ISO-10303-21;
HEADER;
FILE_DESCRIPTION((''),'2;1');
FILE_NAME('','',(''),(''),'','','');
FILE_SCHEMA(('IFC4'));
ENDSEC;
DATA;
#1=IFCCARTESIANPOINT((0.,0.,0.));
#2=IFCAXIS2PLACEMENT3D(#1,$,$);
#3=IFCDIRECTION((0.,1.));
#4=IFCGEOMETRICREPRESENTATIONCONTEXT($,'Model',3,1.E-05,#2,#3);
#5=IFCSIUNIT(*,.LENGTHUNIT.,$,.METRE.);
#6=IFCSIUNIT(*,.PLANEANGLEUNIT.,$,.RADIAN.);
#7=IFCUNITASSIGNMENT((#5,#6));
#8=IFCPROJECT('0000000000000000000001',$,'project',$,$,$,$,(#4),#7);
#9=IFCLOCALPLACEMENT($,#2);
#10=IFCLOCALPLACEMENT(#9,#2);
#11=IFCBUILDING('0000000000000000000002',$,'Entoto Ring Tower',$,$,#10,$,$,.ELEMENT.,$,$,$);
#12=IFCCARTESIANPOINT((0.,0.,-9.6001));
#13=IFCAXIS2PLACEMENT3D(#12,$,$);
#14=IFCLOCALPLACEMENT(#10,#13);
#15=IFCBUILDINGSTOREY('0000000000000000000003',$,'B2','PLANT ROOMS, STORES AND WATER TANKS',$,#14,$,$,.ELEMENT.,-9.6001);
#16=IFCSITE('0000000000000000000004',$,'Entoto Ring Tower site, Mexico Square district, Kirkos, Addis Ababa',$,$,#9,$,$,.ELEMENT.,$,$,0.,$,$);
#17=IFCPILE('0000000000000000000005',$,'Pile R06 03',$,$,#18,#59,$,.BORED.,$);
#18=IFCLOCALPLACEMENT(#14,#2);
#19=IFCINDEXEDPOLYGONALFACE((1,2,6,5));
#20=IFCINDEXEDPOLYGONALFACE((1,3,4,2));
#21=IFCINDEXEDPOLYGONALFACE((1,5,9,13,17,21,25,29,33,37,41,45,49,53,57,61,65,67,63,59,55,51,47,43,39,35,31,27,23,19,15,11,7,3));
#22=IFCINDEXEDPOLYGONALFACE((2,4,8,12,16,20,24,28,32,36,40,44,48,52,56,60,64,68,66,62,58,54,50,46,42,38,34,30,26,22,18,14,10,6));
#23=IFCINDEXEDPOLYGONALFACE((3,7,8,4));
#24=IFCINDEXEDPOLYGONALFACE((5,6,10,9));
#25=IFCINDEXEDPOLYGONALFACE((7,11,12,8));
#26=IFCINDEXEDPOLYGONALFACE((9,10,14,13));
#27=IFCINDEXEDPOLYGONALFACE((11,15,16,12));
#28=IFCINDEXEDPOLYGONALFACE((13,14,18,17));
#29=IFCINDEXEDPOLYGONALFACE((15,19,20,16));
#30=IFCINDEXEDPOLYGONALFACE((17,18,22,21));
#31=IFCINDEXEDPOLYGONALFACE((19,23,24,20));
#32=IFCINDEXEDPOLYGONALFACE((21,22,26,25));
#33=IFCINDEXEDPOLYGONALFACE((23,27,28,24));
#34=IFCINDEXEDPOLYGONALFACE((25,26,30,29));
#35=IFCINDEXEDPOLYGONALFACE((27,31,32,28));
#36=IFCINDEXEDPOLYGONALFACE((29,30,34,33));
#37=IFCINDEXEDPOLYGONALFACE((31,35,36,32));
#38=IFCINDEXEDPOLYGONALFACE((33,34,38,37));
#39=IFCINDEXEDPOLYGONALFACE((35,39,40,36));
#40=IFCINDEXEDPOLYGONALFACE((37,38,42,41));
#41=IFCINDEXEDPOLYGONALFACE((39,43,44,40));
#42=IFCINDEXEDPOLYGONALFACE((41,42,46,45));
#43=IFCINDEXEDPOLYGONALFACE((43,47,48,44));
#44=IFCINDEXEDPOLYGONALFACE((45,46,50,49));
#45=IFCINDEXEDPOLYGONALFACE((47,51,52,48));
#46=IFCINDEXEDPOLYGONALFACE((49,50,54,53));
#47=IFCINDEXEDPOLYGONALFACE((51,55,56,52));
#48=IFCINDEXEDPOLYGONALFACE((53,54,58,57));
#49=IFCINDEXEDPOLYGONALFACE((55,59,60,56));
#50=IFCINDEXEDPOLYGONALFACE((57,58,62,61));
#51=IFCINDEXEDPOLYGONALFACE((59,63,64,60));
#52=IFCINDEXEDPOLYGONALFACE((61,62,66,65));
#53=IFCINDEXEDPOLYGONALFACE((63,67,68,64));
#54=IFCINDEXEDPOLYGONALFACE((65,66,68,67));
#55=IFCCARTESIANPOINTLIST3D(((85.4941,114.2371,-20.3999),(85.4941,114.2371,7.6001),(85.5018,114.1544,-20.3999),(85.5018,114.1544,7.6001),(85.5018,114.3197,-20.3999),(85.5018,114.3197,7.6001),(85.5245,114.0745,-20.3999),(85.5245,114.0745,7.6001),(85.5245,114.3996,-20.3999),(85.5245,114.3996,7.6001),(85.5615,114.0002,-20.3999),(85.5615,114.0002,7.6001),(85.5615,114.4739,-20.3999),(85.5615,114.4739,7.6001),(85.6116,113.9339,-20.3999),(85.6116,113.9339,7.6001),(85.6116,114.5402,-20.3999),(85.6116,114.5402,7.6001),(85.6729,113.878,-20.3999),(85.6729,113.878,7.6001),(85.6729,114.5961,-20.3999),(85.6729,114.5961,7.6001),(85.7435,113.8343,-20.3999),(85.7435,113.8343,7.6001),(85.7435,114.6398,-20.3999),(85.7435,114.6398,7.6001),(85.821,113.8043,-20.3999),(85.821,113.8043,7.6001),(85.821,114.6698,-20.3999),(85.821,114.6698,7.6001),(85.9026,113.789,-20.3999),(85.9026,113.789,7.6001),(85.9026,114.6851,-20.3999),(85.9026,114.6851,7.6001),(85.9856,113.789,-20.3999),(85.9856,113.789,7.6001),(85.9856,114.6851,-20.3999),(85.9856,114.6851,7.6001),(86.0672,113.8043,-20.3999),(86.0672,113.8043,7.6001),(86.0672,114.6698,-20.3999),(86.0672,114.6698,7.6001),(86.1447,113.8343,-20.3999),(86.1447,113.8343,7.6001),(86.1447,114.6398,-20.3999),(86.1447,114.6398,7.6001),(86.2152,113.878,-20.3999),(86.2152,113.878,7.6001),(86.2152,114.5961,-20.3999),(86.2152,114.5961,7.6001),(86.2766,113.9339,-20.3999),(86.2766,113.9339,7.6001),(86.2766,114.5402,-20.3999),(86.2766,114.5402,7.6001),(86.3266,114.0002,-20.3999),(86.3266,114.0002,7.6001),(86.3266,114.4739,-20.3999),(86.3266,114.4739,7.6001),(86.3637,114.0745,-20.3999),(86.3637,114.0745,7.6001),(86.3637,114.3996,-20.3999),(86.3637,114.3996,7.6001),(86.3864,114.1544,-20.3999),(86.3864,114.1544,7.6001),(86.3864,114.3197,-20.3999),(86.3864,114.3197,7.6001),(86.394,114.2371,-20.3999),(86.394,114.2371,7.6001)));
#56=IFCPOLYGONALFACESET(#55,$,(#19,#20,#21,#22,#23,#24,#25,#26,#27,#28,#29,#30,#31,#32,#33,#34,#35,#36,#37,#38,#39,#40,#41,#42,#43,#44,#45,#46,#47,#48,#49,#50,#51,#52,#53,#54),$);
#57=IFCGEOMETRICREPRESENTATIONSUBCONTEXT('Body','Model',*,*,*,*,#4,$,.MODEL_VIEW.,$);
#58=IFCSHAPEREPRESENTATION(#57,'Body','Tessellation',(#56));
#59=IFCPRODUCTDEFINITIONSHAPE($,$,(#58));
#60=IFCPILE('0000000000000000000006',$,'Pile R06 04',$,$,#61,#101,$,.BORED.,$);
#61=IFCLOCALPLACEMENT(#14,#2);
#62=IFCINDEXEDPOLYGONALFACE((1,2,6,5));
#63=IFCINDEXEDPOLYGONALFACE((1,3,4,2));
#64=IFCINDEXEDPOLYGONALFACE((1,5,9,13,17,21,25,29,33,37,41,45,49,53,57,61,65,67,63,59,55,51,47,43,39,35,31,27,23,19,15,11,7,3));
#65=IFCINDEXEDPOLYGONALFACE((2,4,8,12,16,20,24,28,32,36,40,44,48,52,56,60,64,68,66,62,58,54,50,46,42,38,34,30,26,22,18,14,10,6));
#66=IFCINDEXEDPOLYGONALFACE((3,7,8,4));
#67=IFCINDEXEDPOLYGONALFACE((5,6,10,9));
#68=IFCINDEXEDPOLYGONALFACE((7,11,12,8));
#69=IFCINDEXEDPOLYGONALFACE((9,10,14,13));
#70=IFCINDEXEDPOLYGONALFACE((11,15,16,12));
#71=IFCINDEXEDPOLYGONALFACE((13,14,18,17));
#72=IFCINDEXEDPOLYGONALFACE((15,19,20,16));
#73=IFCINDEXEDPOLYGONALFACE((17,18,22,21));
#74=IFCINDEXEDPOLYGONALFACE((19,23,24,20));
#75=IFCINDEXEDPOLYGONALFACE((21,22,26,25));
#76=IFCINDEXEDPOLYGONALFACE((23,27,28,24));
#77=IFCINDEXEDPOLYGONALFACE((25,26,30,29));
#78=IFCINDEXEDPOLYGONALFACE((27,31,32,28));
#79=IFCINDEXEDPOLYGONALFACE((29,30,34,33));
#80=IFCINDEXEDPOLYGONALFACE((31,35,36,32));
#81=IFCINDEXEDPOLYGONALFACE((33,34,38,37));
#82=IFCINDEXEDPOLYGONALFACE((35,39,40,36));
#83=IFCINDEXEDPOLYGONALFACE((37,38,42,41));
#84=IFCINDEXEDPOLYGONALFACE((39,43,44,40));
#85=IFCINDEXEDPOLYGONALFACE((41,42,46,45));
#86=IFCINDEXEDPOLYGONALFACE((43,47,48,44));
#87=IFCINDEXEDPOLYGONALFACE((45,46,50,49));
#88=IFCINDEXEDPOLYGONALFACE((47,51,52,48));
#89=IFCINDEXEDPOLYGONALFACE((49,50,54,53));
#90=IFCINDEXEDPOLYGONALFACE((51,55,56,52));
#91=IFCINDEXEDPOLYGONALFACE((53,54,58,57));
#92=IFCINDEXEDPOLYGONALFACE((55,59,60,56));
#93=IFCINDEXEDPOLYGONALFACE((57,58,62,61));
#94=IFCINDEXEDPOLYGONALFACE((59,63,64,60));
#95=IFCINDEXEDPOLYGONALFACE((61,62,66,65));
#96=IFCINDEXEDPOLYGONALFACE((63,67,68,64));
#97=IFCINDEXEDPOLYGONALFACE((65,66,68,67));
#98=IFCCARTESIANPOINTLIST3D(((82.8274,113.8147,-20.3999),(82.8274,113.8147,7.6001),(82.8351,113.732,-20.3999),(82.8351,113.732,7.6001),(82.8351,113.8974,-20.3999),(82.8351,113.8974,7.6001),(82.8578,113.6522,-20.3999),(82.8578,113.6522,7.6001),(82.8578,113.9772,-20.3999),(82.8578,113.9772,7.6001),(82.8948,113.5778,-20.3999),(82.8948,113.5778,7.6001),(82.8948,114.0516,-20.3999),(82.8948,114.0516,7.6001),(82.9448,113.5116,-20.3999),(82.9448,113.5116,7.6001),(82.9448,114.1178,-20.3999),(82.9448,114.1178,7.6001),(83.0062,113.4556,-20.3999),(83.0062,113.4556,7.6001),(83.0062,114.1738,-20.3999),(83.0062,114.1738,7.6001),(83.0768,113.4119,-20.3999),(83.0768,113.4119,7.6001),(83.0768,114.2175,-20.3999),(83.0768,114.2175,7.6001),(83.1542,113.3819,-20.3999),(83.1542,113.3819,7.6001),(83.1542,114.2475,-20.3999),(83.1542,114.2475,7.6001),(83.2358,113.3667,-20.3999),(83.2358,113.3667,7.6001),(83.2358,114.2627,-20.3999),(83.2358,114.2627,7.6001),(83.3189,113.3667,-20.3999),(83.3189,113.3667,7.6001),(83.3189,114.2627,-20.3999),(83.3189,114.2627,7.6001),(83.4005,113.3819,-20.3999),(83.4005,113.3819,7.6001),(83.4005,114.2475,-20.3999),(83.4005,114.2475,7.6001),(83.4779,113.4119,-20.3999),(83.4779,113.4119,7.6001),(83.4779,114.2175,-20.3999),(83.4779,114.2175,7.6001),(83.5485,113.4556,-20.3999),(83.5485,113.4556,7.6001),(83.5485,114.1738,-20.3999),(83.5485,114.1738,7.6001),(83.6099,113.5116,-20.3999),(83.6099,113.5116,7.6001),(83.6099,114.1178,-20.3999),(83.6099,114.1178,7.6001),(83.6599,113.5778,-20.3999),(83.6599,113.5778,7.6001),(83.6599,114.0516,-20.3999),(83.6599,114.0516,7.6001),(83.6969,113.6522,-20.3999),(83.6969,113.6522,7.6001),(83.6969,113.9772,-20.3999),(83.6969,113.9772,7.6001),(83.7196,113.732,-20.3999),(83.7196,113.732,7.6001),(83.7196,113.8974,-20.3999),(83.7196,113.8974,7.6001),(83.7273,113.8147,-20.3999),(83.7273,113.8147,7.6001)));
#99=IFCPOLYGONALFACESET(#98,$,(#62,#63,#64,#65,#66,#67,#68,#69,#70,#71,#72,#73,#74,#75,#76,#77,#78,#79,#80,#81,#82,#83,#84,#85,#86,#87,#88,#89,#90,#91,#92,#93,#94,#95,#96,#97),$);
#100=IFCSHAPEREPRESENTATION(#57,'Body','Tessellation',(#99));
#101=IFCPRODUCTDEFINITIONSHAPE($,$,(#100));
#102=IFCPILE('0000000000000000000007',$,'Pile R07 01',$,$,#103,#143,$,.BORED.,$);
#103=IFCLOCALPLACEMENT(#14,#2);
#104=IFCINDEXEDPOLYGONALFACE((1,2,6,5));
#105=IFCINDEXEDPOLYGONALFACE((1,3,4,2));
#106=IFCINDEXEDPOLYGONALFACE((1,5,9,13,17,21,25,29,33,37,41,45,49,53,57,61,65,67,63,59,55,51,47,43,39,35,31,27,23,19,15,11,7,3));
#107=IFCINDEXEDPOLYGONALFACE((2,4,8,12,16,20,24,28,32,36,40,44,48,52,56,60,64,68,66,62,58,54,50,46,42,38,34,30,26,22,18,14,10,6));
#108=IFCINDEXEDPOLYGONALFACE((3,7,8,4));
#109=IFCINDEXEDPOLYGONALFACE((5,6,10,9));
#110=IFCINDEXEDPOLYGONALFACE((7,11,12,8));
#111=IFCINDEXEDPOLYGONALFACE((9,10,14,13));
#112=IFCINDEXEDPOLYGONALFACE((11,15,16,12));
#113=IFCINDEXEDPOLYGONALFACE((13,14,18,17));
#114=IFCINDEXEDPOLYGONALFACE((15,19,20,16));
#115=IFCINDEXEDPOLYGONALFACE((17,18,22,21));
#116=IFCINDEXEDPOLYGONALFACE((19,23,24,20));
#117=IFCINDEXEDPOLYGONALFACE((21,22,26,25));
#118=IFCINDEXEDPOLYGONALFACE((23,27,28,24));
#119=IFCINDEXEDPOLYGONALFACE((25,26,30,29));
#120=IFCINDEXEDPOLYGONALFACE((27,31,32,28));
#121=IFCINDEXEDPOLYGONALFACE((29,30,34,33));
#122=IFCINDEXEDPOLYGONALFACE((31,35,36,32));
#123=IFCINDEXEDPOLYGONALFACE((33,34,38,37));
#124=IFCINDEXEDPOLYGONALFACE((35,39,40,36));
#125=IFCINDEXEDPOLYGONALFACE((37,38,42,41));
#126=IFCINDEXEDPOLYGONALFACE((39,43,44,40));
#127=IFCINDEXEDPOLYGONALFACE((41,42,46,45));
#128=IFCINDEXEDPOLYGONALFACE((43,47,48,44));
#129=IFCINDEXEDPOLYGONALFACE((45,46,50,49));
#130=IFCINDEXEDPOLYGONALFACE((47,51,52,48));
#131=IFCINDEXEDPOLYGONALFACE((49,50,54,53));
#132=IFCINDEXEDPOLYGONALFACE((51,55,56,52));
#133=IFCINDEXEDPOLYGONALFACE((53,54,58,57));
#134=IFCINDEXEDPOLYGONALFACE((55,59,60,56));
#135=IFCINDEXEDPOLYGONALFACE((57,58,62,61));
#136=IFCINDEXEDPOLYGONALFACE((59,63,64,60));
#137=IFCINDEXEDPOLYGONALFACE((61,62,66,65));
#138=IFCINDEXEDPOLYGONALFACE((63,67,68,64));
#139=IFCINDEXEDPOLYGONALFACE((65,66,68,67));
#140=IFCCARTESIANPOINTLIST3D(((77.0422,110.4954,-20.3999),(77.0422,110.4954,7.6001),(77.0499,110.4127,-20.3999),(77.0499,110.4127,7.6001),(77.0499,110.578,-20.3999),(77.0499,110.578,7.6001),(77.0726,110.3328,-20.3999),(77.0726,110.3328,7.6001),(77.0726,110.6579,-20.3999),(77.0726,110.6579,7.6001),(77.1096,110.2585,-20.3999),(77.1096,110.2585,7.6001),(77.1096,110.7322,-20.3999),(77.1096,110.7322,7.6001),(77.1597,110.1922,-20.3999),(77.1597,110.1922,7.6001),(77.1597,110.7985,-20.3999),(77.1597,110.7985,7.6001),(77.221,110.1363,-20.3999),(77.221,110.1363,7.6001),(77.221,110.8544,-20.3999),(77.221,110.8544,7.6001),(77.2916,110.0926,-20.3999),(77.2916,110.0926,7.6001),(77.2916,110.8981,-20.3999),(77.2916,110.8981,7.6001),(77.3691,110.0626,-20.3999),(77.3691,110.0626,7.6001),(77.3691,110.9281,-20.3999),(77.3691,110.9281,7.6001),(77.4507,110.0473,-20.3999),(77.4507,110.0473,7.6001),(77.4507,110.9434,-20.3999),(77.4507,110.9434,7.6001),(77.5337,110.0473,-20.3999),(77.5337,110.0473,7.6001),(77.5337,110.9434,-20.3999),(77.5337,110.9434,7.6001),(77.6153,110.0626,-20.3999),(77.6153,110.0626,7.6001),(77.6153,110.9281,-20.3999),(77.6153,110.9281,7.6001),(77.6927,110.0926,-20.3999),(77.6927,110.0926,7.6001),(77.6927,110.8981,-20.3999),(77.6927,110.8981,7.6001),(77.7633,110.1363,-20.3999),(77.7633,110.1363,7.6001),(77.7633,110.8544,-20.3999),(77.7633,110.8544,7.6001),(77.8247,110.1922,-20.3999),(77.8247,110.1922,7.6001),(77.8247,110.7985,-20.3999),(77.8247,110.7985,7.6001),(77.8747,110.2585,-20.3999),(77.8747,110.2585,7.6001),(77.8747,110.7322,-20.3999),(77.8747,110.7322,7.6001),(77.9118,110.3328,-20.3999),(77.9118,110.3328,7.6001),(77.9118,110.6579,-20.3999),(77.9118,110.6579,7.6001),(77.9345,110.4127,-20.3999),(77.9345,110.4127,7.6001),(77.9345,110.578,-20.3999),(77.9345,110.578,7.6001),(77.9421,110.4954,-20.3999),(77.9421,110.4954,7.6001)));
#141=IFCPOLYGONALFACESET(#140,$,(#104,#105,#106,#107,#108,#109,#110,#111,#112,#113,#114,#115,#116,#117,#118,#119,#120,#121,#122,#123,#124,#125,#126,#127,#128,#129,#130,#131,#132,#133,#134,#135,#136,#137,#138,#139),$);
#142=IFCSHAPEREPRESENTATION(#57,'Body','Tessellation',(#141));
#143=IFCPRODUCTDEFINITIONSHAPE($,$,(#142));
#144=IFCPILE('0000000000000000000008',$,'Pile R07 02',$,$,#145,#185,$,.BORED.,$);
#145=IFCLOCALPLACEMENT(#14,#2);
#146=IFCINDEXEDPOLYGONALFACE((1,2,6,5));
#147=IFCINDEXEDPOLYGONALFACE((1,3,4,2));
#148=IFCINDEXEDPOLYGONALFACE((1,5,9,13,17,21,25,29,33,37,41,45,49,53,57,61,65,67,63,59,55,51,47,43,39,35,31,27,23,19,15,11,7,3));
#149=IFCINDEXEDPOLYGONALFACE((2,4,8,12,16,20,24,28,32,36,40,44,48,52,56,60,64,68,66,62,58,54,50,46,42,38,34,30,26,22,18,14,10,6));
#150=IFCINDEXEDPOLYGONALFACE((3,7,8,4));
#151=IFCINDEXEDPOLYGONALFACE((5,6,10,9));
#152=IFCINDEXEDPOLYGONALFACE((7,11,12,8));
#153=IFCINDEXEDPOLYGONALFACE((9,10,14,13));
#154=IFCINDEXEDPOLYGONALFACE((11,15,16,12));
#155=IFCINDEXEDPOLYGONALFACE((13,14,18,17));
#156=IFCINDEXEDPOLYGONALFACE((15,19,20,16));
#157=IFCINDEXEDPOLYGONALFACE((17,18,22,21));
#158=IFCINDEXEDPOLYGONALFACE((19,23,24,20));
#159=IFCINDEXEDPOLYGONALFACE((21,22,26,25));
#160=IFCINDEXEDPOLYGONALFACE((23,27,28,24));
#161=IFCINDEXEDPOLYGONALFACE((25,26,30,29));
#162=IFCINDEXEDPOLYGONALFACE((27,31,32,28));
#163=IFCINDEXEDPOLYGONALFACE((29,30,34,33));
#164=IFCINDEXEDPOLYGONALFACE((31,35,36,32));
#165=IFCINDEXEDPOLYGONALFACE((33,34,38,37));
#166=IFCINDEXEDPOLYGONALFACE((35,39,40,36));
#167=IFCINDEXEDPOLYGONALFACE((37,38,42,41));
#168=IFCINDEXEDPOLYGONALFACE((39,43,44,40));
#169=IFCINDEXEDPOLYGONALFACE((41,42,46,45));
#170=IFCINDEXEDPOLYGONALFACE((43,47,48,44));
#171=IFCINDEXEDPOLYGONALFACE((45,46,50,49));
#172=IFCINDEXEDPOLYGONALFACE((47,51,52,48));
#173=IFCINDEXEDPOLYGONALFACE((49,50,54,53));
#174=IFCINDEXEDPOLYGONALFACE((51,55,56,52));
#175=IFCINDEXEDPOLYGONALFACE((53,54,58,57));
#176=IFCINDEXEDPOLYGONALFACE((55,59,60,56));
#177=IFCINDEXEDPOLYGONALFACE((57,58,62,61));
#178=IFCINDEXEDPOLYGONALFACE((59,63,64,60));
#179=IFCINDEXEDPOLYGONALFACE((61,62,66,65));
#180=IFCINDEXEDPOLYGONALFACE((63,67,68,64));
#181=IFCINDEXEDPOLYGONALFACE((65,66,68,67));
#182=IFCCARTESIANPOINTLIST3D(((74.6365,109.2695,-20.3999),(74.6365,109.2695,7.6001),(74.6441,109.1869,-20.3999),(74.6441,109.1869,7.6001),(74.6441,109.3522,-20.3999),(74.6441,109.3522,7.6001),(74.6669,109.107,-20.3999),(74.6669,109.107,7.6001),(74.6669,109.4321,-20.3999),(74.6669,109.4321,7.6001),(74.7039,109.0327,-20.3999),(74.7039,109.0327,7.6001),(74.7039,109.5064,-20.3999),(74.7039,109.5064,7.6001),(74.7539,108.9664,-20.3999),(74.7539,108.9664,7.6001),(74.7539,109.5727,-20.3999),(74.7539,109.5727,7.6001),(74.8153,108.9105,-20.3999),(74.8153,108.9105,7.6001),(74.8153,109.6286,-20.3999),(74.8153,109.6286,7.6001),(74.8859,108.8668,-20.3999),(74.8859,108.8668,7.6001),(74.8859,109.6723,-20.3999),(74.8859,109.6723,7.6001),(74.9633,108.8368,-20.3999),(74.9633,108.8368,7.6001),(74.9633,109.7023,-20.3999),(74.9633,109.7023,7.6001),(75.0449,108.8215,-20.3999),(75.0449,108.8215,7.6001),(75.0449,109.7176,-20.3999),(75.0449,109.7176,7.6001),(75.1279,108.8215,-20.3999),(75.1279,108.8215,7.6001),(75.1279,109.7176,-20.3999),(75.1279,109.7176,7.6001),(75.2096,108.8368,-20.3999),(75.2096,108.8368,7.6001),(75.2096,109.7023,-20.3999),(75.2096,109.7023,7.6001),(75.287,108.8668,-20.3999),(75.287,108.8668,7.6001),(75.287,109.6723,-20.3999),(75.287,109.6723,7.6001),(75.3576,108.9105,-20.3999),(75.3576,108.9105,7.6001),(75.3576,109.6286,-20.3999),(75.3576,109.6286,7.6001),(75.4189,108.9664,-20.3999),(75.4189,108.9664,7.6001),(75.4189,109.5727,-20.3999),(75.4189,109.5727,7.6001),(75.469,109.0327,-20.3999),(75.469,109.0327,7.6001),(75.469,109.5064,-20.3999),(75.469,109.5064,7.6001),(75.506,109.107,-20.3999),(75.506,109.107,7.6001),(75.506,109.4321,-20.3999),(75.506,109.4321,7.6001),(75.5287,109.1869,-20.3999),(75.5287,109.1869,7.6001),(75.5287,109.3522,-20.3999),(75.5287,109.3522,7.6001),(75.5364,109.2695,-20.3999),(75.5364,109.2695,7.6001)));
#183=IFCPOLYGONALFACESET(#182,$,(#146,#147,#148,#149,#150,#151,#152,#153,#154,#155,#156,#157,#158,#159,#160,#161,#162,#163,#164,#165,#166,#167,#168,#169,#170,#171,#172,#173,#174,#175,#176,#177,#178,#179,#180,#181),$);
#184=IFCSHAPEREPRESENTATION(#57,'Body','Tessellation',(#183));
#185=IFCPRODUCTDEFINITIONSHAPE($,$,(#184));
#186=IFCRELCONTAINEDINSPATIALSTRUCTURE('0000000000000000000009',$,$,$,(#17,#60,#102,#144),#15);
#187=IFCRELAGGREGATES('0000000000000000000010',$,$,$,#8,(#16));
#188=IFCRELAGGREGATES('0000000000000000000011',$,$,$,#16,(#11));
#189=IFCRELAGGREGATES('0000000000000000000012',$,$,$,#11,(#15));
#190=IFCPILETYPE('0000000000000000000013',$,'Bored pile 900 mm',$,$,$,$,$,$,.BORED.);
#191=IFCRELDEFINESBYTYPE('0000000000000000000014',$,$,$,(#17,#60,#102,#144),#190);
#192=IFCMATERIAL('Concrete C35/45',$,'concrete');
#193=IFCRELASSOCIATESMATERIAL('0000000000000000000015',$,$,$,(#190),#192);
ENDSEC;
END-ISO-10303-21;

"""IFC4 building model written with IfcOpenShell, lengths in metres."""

from ifc_helpers import new_model, si_unit, direction, frame, origin, origin_2d, place, context, subcontext, project, spatial, circle, extrude, material, material_profile, profile_set, type_object, element, save


model = new_model("IFC4")

# Units and contexts
model_context = context("Model", 3, precision=1e-05, world=origin(), true_north=direction((0.0, 1.0)))
body_context = subcontext(model_context, "Body", "Model", "MODEL_VIEW")
ifc_project = project(units=[si_unit("LENGTHUNIT", "METRE"), si_unit("PLANEANGLEUNIT", "RADIAN")], contexts=[model_context])

# Site, building, storey
site_placement = place(None, origin())
site = spatial("IfcSite", under=ifc_project, at=site_placement, Name="Entoto Ring Tower site, Mexico Square district, Kirkos, Addis Ababa", CompositionType="ELEMENT", RefElevation=0.0)
building_placement = place(site_placement, origin())
building = spatial("IfcBuilding", under=site, at=building_placement, Name="Entoto Ring Tower", CompositionType="ELEMENT")
storey_placement = place(building_placement, frame((0.0, 0.0, -9.6001)))
storey = spatial("IfcBuildingStorey", under=building, at=storey_placement, Name="B2", Description="PLANT ROOMS, STORES AND WATER TANKS", CompositionType="ELEMENT", Elevation=-9.6001)

# Piles
ifc_material_1 = material(Name="Concrete C35/45", Category="concrete")
ifc_material_profile_1 = material_profile(ifc_material_1, circle(Radius=0.45, at=origin_2d()), Name="Bored pile 900 mm")
ifc_profile_set_1 = profile_set([ifc_material_profile_1], Name="Concrete C35/45")
pile_type_1 = type_object("IfcPileType", Name="Bored pile 900 mm", PredefinedType="BORED", material=ifc_profile_set_1)
for number, where, z_axis, x_axis, name in (
    (1, (85.9441, 114.2371, 7.6001), (0.0, 0.0, -1.0), (1.0, 0.0, 0.0), "Pile R06 03"),
    (2, (83.2773, 113.8147, 7.6001), (0.0, 0.0, -1.0), (1.0, 0.0, 0.0), "Pile R06 04"),
    (3, (77.4922, 110.4954, 7.6001), (0.0, 0.0, -1.0), (1.0, 0.0, 0.0), "Pile R07 01"),
    (4, (75.0864, 109.2695, 7.6001), (0.0, 0.0, -1.0), (1.0, 0.0, 0.0), "Pile R07 02"),
):
    element("IfcPile", number, at=place(storey_placement, frame(where, z_axis=z_axis, x_axis=x_axis)), inside=storey, type_object=pile_type_1, Name=name, PredefinedType="BORED", context=body_context, shape_type="SweptSolid", body=[
        extrude(circle(Radius=0.45, at=origin_2d()), origin(), (0.0, 0.0, 1.0), 28.0),
    ])

save(model, "model.ifc")
